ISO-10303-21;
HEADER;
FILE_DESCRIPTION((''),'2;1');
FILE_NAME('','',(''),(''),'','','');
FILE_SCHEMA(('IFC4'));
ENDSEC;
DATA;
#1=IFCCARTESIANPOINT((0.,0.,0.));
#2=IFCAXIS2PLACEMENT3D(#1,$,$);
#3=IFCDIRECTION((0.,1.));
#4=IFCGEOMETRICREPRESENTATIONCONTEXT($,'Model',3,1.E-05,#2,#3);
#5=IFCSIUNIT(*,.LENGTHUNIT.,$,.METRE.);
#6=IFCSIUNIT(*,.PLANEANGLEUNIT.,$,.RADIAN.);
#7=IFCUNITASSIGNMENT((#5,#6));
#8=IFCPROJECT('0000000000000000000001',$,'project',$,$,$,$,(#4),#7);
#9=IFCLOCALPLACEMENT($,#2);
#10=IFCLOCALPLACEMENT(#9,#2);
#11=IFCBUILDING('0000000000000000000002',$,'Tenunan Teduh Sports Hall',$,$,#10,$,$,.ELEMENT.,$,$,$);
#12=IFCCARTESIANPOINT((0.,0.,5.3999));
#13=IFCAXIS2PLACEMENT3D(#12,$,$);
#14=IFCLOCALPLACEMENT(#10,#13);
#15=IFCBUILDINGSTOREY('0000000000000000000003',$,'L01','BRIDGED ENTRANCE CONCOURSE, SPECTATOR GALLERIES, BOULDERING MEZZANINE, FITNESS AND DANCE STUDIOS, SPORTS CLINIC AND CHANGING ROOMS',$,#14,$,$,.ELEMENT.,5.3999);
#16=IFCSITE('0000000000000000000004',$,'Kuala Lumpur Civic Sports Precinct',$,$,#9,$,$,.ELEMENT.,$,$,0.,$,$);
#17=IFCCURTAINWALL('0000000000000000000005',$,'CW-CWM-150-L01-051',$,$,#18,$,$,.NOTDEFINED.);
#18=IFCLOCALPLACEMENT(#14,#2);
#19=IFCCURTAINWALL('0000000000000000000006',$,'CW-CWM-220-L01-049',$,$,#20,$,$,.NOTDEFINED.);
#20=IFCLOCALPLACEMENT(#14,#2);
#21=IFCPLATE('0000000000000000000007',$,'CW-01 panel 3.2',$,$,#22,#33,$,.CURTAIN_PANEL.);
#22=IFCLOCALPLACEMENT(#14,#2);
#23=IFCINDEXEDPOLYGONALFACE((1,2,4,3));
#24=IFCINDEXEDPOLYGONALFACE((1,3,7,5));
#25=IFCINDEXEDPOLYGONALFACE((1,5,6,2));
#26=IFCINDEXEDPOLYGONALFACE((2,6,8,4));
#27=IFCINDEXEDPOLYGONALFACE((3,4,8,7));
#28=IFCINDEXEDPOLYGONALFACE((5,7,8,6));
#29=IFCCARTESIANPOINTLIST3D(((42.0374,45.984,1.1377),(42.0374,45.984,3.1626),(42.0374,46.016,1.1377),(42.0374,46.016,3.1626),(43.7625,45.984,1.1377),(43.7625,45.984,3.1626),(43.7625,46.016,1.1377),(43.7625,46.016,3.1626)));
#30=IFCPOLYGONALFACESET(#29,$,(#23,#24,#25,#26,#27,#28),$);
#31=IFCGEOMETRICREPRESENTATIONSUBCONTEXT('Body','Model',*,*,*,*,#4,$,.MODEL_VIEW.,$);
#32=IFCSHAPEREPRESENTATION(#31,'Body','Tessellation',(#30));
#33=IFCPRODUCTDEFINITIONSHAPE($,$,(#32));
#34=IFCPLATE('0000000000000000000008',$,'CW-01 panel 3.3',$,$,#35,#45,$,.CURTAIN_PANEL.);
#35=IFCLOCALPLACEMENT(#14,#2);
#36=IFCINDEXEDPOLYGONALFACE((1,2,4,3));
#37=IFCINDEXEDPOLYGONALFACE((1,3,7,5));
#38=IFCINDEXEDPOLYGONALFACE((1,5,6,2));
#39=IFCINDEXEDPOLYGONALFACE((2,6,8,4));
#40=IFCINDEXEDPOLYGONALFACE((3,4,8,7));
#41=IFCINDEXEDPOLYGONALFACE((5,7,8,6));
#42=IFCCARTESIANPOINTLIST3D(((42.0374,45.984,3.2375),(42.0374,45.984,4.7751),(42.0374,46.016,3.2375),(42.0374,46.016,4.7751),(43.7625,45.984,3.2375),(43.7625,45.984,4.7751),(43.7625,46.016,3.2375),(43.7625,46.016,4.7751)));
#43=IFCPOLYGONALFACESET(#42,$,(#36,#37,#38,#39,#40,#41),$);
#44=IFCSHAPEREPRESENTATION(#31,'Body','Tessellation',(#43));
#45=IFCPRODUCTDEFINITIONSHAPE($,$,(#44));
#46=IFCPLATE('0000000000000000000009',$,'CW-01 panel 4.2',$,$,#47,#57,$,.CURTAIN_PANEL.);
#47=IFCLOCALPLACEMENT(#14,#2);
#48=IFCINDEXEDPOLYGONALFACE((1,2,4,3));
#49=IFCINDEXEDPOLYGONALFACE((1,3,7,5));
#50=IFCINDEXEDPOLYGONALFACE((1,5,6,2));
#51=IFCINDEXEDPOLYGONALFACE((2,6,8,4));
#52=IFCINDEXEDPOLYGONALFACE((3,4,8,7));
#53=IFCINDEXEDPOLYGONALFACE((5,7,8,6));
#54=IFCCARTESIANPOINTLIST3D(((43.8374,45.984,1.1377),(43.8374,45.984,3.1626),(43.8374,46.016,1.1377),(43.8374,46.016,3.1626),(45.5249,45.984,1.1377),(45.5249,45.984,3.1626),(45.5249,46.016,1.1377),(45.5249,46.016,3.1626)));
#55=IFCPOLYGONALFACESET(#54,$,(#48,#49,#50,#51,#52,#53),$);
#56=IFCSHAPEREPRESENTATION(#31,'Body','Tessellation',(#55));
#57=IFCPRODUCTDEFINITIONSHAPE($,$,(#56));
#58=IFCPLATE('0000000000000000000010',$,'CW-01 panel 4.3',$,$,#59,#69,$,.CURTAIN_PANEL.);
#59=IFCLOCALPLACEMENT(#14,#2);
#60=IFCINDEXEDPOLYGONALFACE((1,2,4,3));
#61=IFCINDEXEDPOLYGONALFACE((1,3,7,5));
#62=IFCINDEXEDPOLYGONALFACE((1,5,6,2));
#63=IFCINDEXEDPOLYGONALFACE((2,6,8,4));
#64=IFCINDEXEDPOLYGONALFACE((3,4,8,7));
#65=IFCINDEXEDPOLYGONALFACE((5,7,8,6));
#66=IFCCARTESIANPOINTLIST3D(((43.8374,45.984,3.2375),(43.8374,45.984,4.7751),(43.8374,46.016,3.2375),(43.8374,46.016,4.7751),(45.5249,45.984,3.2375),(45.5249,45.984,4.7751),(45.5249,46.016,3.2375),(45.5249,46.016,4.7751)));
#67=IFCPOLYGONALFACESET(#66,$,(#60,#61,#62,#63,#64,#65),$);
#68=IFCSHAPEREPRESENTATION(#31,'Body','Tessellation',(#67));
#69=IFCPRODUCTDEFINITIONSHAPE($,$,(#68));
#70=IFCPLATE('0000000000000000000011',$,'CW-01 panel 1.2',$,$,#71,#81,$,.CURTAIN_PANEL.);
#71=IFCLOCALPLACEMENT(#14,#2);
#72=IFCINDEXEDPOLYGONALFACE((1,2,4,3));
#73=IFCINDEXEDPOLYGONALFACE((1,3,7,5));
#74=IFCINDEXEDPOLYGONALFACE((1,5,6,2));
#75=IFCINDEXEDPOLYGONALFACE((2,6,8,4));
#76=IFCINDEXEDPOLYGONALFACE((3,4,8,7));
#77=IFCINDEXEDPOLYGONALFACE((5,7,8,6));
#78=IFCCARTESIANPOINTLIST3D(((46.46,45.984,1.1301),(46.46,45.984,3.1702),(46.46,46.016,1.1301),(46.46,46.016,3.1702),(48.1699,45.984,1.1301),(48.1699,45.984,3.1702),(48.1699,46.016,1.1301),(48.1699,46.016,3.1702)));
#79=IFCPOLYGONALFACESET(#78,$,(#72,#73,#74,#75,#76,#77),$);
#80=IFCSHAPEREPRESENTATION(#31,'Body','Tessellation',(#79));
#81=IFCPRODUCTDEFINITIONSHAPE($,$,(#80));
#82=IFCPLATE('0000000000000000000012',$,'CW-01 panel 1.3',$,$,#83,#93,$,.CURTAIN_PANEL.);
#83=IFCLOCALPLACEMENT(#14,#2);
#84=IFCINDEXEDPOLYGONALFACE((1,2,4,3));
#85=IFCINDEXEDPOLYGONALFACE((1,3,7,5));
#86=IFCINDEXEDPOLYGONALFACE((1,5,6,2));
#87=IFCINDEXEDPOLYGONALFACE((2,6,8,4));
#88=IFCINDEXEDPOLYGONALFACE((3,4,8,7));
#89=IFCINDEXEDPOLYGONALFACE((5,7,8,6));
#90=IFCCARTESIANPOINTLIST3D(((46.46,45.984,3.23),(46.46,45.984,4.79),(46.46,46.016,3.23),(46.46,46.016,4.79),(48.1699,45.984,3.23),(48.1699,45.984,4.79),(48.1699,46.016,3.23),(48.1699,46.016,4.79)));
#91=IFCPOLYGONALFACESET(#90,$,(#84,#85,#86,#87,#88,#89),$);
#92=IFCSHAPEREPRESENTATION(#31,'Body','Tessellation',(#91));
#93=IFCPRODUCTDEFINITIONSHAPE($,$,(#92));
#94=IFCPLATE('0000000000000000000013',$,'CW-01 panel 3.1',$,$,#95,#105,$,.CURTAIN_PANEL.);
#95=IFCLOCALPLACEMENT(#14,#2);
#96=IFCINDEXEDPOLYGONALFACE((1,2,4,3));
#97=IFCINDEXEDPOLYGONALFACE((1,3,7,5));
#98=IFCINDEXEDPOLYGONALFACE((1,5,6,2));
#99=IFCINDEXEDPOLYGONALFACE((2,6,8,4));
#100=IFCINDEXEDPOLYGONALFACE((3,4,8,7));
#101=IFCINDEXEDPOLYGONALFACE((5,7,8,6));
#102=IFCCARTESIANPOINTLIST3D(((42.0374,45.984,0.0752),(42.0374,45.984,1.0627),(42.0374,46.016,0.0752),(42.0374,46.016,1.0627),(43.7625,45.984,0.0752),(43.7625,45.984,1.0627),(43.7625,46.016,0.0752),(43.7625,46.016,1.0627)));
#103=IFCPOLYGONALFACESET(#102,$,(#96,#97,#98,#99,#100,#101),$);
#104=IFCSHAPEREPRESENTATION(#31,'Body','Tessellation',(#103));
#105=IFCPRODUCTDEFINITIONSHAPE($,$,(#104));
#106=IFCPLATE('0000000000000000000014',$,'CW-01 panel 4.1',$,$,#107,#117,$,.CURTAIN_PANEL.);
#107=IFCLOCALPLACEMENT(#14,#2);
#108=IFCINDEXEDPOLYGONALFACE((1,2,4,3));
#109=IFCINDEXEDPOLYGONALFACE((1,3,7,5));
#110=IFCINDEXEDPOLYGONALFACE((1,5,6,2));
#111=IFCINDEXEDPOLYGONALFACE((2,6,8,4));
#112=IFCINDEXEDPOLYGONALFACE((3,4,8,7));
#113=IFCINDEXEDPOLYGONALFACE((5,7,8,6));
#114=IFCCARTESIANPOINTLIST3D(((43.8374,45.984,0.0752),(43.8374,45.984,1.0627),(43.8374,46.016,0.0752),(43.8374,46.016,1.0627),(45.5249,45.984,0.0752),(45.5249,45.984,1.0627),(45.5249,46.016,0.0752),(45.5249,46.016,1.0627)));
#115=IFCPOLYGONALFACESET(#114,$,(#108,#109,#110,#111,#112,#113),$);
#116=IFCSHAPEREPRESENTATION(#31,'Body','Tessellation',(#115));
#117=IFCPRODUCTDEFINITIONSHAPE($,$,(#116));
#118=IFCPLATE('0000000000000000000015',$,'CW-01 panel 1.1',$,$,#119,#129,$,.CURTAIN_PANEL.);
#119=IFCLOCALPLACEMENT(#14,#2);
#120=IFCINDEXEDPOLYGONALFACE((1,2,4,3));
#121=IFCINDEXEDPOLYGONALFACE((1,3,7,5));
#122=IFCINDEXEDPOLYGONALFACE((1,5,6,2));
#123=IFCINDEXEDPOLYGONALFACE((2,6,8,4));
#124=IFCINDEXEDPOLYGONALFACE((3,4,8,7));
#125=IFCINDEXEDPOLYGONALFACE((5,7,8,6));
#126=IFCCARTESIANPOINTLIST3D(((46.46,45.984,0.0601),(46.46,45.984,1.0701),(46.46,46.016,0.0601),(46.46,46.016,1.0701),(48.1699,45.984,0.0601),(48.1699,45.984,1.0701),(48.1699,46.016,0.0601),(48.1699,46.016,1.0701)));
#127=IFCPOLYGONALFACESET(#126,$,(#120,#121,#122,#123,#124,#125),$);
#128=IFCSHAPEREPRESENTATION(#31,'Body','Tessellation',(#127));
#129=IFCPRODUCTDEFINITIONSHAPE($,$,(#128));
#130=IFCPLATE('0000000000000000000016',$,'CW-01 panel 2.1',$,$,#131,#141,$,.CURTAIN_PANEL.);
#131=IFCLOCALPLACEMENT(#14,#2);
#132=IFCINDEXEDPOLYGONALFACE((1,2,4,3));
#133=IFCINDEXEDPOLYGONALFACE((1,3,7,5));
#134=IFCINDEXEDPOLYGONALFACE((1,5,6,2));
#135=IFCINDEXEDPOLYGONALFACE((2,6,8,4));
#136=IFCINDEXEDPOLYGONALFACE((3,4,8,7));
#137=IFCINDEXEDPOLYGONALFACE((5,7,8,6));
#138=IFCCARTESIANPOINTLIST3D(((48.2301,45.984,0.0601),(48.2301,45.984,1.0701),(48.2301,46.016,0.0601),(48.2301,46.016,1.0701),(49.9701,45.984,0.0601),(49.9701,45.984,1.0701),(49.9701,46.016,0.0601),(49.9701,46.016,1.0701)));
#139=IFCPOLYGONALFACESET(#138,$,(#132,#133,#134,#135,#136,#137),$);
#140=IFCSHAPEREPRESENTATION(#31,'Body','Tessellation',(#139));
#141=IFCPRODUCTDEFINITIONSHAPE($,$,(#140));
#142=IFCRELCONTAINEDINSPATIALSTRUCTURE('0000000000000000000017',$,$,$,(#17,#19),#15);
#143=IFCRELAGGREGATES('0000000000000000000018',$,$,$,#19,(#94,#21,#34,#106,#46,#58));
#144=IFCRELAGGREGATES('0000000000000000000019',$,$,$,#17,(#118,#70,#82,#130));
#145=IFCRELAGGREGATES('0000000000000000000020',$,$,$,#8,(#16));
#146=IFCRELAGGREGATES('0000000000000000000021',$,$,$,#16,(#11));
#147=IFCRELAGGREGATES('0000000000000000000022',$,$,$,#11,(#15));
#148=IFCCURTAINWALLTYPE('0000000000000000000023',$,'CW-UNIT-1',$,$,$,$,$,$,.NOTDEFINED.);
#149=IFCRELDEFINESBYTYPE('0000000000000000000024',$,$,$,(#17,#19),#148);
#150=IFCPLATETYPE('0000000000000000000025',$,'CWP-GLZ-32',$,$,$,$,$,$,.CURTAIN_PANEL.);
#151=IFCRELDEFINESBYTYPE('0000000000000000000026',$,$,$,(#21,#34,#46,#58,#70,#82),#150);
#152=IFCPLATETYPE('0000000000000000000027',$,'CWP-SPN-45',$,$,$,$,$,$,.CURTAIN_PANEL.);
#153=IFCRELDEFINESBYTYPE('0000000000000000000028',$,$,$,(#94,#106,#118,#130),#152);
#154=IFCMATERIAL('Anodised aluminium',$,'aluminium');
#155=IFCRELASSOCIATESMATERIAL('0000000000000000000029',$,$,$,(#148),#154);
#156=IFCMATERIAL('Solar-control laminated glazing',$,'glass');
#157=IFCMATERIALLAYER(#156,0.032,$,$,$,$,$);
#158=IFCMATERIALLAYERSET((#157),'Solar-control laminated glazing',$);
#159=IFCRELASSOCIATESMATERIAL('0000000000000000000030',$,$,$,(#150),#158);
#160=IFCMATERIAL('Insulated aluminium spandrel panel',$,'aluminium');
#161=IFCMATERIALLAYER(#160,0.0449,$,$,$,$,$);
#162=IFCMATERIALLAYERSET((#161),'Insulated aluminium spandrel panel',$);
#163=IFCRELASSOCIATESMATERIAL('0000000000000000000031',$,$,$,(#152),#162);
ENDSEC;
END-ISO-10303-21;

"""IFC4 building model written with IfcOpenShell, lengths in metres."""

from ifc_helpers import new_model, si_unit, direction, frame, origin, origin_2d, place, context, subcontext, project, spatial, rectangle, extrude, material, layer, layer_set, type_object, element, aggregate, save


model = new_model("IFC4")

# Units and contexts
model_context = context("Model", 3, precision=1e-05, world=origin(), true_north=direction((0.0, 1.0)))
body_context = subcontext(model_context, "Body", "Model", "MODEL_VIEW")
ifc_project = project(units=[si_unit("LENGTHUNIT", "METRE"), si_unit("PLANEANGLEUNIT", "RADIAN")], contexts=[model_context])

# Site, building, storey
site_placement = place(None, origin())
site = spatial("IfcSite", under=ifc_project, at=site_placement, Name="Kuala Lumpur Civic Sports Precinct", CompositionType="ELEMENT", RefElevation=0.0)
building_placement = place(site_placement, origin())
building = spatial("IfcBuilding", under=site, at=building_placement, Name="Tenunan Teduh Sports Hall", CompositionType="ELEMENT")
storey_placement = place(building_placement, frame((0.0, 0.0, 5.3999)))
storey = spatial("IfcBuildingStorey", under=building, at=storey_placement, Name="L01", Description="BRIDGED ENTRANCE CONCOURSE, SPECTATOR GALLERIES, BOULDERING MEZZANINE, FITNESS AND DANCE STUDIOS, SPORTS CLINIC AND CHANGING ROOMS", CompositionType="ELEMENT", Elevation=5.3999)

# Curtain walls
ifc_material_1 = material(Name="Anodised aluminium", Category="aluminium")
curtain_wall_type = type_object("IfcCurtainWallType", Name="CW-UNIT-1", PredefinedType="NOTDEFINED", material=ifc_material_1)
curtain_wall_1_placement = place(storey_placement, origin())
curtain_wall_1 = element("IfcCurtainWall", 1, at=curtain_wall_1_placement, inside=storey, type_object=curtain_wall_type, Name="CW-CWM-150-L01-051", PredefinedType="NOTDEFINED")
curtain_wall_2_placement = place(storey_placement, origin())
curtain_wall_2 = element("IfcCurtainWall", 2, at=curtain_wall_2_placement, inside=storey, type_object=curtain_wall_type, Name="CW-CWM-220-L01-049", PredefinedType="NOTDEFINED")

# Plates
ifc_material_2 = material(Name="Solar-control laminated glazing", Category="glass")
ifc_layer_1 = layer(ifc_material_2, 0.032)
ifc_layer_set_1 = layer_set([ifc_layer_1], Name="Solar-control laminated glazing")
plate_type_1 = type_object("IfcPlateType", Name="CWP-GLZ-32", PredefinedType="CURTAIN_PANEL", material=ifc_layer_set_1)
plate_1_placement = place(storey_placement, frame((42.8999, 46.0, 1.1377), z_axis=(0.0, 0.0, 1.0), x_axis=(1.0, 0.0, 0.0)))
plate_1 = element("IfcPlate", 3, at=plate_1_placement, type_object=plate_type_1, Name="CW-01 panel 3.2", PredefinedType="CURTAIN_PANEL", context=body_context, shape_type="SweptSolid", body=[
    extrude(rectangle(XDim=1.7251, YDim=0.032, at=origin_2d()), origin(), (0.0, 0.0, 1.0), 2.0249),
])
plate_2_placement = place(storey_placement, frame((42.8999, 46.0, 3.2375), z_axis=(0.0, 0.0, 1.0), x_axis=(1.0, 0.0, 0.0)))
plate_2 = element("IfcPlate", 4, at=plate_2_placement, type_object=plate_type_1, Name="CW-01 panel 3.3", PredefinedType="CURTAIN_PANEL", context=body_context, shape_type="SweptSolid", body=[
    extrude(rectangle(XDim=1.7251, YDim=0.032, at=origin_2d()), origin(), (0.0, 0.0, 1.0), 1.5376),
])
plate_3_placement = place(storey_placement, frame((44.6812, 46.0, 1.1377), z_axis=(0.0, 0.0, 1.0), x_axis=(1.0, 0.0, 0.0)))
plate_3 = element("IfcPlate", 5, at=plate_3_placement, type_object=plate_type_1, Name="CW-01 panel 4.2", PredefinedType="CURTAIN_PANEL", context=body_context, shape_type="SweptSolid", body=[
    extrude(rectangle(XDim=1.6875, YDim=0.032, at=origin_2d()), origin(), (0.0, 0.0, 1.0), 2.0249),
])
plate_4_placement = place(storey_placement, frame((44.6812, 46.0, 3.2375), z_axis=(0.0, 0.0, 1.0), x_axis=(1.0, 0.0, 0.0)))
plate_4 = element("IfcPlate", 6, at=plate_4_placement, type_object=plate_type_1, Name="CW-01 panel 4.3", PredefinedType="CURTAIN_PANEL", context=body_context, shape_type="SweptSolid", body=[
    extrude(rectangle(XDim=1.6875, YDim=0.032, at=origin_2d()), origin(), (0.0, 0.0, 1.0), 1.5376),
])
plate_5_placement = place(storey_placement, frame((47.3149, 46.0, 1.1301), z_axis=(0.0, 0.0, 1.0), x_axis=(1.0, 0.0, 0.0)))
plate_5 = element("IfcPlate", 7, at=plate_5_placement, type_object=plate_type_1, Name="CW-01 panel 1.2", PredefinedType="CURTAIN_PANEL", context=body_context, shape_type="SweptSolid", body=[
    extrude(rectangle(XDim=1.71, YDim=0.032, at=origin_2d()), origin(), (0.0, 0.0, 1.0), 2.04),
])
plate_6_placement = place(storey_placement, frame((47.3149, 46.0, 3.23), z_axis=(0.0, 0.0, 1.0), x_axis=(1.0, 0.0, 0.0)))
plate_6 = element("IfcPlate", 8, at=plate_6_placement, type_object=plate_type_1, Name="CW-01 panel 1.3", PredefinedType="CURTAIN_PANEL", context=body_context, shape_type="SweptSolid", body=[
    extrude(rectangle(XDim=1.71, YDim=0.032, at=origin_2d()), origin(), (0.0, 0.0, 1.0), 1.5601),
])
ifc_material_3 = material(Name="Insulated aluminium spandrel panel", Category="aluminium")
ifc_layer_2 = layer(ifc_material_3, 0.0449)
ifc_layer_set_2 = layer_set([ifc_layer_2], Name="Insulated aluminium spandrel panel")
plate_type_2 = type_object("IfcPlateType", Name="CWP-SPN-45", PredefinedType="CURTAIN_PANEL", material=ifc_layer_set_2)
plate_7_placement = place(storey_placement, frame((42.8999, 46.0, 0.0752), z_axis=(0.0, 0.0, 1.0), x_axis=(1.0, 0.0, 0.0)))
plate_7 = element("IfcPlate", 9, at=plate_7_placement, type_object=plate_type_2, Name="CW-01 panel 3.1", PredefinedType="CURTAIN_PANEL", context=body_context, shape_type="SweptSolid", body=[
    extrude(rectangle(XDim=1.7251, YDim=0.032, at=origin_2d()), origin(), (0.0, 0.0, 1.0), 0.9875),
])
plate_8_placement = place(storey_placement, frame((44.6812, 46.0, 0.0752), z_axis=(0.0, 0.0, 1.0), x_axis=(1.0, 0.0, 0.0)))
plate_8 = element("IfcPlate", 10, at=plate_8_placement, type_object=plate_type_2, Name="CW-01 panel 4.1", PredefinedType="CURTAIN_PANEL", context=body_context, shape_type="SweptSolid", body=[
    extrude(rectangle(XDim=1.6875, YDim=0.032, at=origin_2d()), origin(), (0.0, 0.0, 1.0), 0.9875),
])
aggregate(curtain_wall_2, [plate_7, plate_1, plate_2, plate_8, plate_3, plate_4])
plate_9_placement = place(storey_placement, frame((47.3149, 46.0, 0.0601), z_axis=(0.0, 0.0, 1.0), x_axis=(1.0, 0.0, 0.0)))
plate_9 = element("IfcPlate", 11, at=plate_9_placement, type_object=plate_type_2, Name="CW-01 panel 1.1", PredefinedType="CURTAIN_PANEL", context=body_context, shape_type="SweptSolid", body=[
    extrude(rectangle(XDim=1.71, YDim=0.032, at=origin_2d()), origin(), (0.0, 0.0, 1.0), 1.01),
])
plate_10_placement = place(storey_placement, frame((49.1001, 46.0, 0.0601), z_axis=(0.0, 0.0, 1.0), x_axis=(1.0, 0.0, 0.0)))
plate_10 = element("IfcPlate", 12, at=plate_10_placement, type_object=plate_type_2, Name="CW-01 panel 2.1", PredefinedType="CURTAIN_PANEL", context=body_context, shape_type="SweptSolid", body=[
    extrude(rectangle(XDim=1.74, YDim=0.032, at=origin_2d()), origin(), (0.0, 0.0, 1.0), 1.01),
])
aggregate(curtain_wall_1, [plate_9, plate_5, plate_6, plate_10])

save(model, "model.ifc")
